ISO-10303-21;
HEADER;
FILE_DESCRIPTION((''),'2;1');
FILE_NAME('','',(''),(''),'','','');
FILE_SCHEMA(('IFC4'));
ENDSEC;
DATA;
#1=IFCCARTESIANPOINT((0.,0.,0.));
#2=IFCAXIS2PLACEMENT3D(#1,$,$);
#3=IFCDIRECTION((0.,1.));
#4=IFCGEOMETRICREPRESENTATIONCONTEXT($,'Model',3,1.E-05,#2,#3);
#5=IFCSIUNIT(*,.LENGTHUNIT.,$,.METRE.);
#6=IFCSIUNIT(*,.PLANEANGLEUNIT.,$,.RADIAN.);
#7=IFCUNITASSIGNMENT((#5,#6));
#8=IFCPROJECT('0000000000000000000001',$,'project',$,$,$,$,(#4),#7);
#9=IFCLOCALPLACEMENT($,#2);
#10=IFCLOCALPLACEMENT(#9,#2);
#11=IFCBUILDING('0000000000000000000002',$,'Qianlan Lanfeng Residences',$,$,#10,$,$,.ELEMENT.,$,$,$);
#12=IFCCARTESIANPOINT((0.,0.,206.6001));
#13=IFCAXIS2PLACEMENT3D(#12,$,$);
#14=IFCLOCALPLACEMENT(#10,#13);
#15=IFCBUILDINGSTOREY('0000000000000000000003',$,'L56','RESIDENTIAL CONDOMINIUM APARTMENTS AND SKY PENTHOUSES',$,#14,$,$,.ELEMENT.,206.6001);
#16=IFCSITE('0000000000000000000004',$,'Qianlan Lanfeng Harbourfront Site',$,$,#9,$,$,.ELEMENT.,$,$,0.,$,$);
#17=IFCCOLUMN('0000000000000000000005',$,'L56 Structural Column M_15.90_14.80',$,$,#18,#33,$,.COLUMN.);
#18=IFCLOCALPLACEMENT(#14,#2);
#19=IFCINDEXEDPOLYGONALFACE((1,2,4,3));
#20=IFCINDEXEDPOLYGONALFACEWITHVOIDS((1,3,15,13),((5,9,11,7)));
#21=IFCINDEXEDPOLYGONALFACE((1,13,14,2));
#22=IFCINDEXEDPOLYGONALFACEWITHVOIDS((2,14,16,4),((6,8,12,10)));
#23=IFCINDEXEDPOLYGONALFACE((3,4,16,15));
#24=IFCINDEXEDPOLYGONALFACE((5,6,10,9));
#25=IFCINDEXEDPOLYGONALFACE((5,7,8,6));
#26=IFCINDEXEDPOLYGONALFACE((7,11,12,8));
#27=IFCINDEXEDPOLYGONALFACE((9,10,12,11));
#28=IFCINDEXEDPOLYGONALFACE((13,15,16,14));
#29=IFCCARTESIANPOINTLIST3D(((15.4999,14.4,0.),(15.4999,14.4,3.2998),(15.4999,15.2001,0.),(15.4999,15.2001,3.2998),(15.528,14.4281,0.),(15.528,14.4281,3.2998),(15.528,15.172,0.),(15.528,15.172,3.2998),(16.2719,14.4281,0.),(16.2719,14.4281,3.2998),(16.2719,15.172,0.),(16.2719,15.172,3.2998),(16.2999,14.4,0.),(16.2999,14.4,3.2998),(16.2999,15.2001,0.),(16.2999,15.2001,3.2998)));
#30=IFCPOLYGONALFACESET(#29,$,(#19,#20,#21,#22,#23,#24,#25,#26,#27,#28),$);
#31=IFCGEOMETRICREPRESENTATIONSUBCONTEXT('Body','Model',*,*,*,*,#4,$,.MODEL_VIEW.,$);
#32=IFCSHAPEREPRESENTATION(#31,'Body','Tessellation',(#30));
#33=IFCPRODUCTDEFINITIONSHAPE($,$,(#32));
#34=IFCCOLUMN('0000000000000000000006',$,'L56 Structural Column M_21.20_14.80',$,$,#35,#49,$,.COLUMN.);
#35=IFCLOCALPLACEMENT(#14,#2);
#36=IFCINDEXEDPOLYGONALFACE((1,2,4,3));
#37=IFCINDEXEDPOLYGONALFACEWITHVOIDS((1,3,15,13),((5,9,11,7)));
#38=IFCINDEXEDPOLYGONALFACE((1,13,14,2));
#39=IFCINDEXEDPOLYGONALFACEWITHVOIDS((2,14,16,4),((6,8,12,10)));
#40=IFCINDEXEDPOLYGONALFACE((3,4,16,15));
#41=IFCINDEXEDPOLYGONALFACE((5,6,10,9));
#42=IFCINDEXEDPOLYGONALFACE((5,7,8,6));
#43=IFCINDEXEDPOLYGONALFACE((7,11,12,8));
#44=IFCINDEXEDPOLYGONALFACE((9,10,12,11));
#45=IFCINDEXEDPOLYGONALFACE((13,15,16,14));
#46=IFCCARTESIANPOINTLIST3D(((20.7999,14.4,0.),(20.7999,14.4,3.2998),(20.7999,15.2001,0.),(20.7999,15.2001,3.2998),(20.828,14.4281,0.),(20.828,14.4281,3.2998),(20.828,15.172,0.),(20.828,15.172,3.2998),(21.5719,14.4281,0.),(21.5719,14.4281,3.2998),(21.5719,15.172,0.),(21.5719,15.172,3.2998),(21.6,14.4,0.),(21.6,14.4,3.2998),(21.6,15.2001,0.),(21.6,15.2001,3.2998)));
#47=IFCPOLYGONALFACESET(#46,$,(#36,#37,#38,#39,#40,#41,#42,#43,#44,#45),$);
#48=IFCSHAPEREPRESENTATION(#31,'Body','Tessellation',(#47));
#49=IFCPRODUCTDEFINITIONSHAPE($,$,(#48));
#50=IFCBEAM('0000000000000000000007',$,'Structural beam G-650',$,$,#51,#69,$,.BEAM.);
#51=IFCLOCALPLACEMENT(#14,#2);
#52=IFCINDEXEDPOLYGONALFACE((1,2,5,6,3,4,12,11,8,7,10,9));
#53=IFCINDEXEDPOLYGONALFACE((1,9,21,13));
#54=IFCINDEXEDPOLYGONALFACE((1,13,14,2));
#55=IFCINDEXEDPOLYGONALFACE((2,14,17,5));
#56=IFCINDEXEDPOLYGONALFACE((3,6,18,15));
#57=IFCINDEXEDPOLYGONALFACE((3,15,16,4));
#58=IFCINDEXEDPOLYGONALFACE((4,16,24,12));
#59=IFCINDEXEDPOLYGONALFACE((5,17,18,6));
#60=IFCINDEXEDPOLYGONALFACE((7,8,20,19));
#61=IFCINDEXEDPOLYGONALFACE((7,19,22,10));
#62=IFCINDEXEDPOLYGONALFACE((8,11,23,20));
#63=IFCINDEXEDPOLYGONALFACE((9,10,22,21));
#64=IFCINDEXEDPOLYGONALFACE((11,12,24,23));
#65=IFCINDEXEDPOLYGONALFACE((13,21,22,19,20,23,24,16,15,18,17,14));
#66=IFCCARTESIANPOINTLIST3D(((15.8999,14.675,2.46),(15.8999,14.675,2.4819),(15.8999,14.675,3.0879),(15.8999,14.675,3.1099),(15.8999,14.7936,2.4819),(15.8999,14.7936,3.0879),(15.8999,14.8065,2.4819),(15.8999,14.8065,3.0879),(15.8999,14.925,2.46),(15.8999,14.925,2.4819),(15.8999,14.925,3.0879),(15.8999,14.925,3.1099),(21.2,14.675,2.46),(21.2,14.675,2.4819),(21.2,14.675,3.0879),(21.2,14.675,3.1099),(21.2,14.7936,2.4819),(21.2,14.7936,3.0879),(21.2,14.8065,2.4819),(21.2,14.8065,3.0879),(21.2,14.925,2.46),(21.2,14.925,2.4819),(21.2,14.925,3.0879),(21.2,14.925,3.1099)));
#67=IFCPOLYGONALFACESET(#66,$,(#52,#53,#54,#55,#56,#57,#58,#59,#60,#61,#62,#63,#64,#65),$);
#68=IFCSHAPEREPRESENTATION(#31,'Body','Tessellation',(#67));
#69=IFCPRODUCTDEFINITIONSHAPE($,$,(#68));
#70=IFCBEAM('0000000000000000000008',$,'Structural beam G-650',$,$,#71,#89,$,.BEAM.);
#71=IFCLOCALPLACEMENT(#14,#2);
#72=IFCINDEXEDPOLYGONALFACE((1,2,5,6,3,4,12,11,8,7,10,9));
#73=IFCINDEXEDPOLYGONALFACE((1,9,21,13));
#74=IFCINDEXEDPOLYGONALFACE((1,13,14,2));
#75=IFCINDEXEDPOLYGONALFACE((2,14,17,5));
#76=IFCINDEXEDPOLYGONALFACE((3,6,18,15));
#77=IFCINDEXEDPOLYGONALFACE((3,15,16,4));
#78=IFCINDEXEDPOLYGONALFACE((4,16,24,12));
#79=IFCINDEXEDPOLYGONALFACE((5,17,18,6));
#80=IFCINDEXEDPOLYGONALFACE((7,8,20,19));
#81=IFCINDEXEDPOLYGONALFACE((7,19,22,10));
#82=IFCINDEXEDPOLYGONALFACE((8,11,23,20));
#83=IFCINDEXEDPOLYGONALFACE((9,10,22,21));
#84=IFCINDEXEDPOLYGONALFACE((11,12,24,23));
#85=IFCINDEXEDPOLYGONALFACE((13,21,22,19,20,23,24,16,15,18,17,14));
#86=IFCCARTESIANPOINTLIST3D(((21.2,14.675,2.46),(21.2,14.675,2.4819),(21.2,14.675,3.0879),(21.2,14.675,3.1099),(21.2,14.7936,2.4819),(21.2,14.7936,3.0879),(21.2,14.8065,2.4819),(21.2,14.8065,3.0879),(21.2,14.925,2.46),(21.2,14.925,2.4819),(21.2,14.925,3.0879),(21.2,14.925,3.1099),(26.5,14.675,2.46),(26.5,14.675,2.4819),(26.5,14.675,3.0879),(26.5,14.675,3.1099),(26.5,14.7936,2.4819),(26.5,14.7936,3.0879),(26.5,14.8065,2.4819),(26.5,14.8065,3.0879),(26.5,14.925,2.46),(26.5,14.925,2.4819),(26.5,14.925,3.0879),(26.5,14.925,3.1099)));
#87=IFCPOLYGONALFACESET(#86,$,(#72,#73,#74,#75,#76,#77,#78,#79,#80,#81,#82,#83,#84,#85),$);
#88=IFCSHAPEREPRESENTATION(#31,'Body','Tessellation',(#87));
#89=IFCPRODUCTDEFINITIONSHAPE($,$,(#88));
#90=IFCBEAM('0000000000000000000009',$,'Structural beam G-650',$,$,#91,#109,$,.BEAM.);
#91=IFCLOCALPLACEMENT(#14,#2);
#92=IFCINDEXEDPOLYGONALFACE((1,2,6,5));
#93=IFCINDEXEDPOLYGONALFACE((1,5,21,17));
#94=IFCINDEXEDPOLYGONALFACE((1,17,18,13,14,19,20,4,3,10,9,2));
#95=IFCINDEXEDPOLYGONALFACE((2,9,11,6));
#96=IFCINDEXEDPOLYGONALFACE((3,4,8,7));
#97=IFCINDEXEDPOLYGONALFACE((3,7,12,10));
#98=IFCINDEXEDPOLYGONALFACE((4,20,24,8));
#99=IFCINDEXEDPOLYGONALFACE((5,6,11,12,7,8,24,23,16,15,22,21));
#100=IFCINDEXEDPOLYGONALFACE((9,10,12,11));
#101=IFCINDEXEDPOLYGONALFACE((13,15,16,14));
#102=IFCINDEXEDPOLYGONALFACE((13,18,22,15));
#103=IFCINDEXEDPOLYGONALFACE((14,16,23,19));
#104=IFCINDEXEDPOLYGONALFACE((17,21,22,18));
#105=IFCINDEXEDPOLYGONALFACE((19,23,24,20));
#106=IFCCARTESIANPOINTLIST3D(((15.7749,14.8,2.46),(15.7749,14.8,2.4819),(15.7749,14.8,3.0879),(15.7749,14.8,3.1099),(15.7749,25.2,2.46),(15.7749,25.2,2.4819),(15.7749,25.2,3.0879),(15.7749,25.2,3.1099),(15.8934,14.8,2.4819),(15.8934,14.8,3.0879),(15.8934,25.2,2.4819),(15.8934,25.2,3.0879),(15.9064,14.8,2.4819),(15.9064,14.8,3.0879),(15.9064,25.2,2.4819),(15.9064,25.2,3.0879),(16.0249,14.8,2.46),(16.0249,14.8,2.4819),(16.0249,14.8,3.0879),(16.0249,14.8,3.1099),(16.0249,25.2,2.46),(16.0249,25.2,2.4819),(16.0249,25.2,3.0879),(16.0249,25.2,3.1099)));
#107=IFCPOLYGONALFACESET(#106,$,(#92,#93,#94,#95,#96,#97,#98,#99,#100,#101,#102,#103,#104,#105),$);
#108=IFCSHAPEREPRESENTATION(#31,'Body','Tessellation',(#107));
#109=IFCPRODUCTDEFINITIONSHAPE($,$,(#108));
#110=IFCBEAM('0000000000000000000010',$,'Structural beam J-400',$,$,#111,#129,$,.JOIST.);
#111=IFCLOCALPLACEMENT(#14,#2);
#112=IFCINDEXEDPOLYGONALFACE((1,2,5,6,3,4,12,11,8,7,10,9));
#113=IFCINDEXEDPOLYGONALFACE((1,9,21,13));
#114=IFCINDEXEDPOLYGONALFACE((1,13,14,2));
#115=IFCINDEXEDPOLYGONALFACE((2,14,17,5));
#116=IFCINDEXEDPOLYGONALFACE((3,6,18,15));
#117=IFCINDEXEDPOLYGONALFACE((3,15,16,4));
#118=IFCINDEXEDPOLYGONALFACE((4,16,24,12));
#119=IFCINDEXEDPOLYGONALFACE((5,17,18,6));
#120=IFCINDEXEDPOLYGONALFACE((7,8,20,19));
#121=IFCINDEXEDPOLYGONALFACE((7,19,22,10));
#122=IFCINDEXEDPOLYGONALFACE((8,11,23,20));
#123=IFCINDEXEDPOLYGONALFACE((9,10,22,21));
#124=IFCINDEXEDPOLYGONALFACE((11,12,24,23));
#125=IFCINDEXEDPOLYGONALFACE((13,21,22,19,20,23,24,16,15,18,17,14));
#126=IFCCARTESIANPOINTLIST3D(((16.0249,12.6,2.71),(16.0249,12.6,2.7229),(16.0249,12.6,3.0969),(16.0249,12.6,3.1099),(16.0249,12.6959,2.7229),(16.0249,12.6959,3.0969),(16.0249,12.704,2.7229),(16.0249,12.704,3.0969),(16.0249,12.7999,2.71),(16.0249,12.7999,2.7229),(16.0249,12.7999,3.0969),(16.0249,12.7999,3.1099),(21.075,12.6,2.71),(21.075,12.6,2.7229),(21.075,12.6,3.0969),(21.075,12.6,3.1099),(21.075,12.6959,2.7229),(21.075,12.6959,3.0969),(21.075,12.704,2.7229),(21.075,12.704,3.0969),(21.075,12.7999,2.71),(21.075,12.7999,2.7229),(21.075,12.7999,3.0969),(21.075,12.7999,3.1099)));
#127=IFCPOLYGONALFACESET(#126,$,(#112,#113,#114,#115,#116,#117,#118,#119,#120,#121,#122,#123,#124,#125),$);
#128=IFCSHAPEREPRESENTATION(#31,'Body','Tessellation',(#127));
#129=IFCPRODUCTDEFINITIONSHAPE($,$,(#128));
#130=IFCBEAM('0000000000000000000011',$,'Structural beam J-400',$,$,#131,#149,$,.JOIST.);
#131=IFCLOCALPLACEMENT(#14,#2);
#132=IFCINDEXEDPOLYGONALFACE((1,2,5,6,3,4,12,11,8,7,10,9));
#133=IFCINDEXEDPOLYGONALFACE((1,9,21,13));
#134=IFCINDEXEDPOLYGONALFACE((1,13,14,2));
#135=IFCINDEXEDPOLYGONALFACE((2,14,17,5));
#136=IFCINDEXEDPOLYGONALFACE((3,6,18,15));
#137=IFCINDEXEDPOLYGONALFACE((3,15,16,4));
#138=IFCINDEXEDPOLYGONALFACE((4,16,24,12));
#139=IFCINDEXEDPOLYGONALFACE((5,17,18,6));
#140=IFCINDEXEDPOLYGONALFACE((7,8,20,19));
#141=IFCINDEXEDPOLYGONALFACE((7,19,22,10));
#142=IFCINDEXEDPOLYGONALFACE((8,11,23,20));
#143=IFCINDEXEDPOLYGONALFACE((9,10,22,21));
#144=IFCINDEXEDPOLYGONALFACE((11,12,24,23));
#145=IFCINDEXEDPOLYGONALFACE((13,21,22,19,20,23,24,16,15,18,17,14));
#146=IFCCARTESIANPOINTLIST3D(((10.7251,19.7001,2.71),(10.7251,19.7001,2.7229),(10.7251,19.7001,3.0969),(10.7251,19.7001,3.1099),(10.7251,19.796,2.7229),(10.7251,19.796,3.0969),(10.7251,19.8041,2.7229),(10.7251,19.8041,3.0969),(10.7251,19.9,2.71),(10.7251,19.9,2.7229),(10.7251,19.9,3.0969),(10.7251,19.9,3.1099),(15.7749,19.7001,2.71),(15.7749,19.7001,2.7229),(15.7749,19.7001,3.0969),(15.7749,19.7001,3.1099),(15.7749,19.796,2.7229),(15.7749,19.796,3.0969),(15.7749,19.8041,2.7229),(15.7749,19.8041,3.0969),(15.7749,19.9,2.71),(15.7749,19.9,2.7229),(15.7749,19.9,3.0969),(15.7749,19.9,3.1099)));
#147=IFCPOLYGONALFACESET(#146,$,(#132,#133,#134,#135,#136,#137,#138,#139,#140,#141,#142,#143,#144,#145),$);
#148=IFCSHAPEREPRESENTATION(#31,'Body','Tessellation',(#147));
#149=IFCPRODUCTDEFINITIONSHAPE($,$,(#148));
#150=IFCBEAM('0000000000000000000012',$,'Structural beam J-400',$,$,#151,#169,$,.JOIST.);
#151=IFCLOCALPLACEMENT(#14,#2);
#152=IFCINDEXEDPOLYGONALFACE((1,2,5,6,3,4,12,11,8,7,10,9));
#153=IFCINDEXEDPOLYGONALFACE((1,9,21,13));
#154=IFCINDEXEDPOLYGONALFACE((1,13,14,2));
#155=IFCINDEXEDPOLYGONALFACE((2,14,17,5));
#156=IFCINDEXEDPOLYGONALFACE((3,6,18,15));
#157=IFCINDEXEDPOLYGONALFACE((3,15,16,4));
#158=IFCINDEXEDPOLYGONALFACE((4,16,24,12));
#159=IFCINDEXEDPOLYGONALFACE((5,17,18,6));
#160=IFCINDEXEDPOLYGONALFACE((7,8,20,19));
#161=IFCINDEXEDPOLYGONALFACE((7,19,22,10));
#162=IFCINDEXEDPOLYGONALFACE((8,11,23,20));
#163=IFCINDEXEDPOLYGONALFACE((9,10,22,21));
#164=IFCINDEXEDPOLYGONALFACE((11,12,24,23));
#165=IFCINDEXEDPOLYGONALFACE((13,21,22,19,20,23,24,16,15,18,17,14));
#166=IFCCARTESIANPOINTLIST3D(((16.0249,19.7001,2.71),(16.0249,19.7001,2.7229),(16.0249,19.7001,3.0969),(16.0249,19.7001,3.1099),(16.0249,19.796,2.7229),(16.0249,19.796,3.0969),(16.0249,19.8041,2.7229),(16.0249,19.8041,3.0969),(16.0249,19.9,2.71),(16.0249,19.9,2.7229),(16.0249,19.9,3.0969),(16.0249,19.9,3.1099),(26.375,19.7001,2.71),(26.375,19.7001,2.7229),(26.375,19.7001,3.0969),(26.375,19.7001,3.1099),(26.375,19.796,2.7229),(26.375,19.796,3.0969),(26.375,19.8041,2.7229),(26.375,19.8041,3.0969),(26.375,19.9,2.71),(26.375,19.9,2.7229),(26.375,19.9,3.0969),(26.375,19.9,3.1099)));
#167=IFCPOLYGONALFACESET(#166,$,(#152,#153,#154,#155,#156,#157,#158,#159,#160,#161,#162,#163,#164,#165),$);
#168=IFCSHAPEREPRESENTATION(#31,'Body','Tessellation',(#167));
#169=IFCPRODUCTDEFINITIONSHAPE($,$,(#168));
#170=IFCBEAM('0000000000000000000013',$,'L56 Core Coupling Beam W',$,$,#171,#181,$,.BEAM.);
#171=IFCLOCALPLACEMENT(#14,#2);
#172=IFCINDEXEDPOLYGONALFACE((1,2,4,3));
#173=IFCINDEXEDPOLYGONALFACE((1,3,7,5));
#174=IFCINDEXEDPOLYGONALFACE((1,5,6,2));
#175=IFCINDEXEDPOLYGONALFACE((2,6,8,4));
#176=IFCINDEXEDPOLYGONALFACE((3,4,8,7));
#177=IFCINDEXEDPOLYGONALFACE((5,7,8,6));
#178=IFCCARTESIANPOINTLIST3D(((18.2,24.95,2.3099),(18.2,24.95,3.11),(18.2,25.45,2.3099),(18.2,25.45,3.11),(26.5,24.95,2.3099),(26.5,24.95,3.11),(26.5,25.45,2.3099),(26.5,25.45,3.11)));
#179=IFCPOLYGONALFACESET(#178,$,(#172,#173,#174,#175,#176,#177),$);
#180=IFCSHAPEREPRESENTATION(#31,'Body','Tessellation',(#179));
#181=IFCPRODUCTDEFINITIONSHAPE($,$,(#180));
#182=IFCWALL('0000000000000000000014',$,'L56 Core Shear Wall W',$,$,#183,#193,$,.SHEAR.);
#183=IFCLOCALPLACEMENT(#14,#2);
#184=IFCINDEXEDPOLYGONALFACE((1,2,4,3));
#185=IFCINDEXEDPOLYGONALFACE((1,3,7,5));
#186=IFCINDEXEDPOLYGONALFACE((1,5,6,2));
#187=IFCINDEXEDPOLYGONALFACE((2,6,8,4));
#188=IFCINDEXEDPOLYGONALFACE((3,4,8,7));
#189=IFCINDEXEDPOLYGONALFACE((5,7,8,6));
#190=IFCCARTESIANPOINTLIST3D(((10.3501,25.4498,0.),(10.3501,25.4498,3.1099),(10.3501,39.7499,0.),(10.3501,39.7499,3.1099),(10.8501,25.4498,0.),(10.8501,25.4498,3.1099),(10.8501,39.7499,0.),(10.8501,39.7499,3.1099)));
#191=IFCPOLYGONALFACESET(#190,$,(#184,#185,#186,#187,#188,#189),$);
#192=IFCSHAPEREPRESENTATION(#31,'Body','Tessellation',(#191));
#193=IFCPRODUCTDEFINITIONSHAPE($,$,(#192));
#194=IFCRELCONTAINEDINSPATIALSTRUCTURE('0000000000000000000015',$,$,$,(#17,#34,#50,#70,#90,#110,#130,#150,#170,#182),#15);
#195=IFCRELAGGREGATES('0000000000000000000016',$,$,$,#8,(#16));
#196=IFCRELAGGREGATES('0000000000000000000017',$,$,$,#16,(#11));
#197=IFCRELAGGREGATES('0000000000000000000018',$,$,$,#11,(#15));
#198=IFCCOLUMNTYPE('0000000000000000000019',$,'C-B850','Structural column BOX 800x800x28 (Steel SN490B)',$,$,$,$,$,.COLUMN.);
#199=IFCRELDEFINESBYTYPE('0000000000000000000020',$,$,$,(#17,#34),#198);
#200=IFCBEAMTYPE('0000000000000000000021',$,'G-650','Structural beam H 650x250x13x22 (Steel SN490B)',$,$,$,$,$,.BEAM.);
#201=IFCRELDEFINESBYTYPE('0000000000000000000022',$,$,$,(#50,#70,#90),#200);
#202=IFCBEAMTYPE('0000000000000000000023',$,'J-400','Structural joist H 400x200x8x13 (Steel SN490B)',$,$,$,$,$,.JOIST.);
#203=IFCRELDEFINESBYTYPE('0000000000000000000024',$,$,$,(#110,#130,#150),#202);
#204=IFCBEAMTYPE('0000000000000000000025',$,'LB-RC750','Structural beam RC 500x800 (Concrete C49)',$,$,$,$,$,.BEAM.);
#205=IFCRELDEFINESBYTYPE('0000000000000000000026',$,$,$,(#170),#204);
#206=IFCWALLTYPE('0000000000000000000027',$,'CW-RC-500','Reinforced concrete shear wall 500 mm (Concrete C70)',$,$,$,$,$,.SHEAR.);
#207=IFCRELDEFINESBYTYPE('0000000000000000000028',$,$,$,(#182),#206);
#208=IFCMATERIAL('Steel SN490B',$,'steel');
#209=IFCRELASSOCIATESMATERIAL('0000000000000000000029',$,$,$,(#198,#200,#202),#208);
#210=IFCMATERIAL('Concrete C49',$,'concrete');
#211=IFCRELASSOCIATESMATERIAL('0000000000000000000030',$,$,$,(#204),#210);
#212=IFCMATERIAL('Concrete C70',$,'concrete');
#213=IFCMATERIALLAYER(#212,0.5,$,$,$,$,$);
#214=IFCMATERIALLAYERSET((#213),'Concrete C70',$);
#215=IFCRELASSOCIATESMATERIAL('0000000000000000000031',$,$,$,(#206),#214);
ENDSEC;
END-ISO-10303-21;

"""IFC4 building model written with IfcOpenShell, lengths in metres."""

from ifc_helpers import new_model, si_unit, direction, frame, frame_2d, origin, origin_2d, place, context, subcontext, project, spatial, rectangle, hollow_rectangle, i_section, extrude, material, layer, layer_set, material_profile, profile_set, type_object, element, save


model = new_model("IFC4")

# Units and contexts
model_context = context("Model", 3, precision=1e-05, world=origin(), true_north=direction((0.0, 1.0)))
body_context = subcontext(model_context, "Body", "Model", "MODEL_VIEW")
ifc_project = project(units=[si_unit("LENGTHUNIT", "METRE"), si_unit("PLANEANGLEUNIT", "RADIAN")], contexts=[model_context])

# Site, building, storey
site_placement = place(None, origin())
site = spatial("IfcSite", under=ifc_project, at=site_placement, Name="Qianlan Lanfeng Harbourfront Site", CompositionType="ELEMENT", RefElevation=0.0)
building_placement = place(site_placement, origin())
building = spatial("IfcBuilding", under=site, at=building_placement, Name="Qianlan Lanfeng Residences", CompositionType="ELEMENT")
storey_placement = place(building_placement, frame((0.0, 0.0, 206.6001)))
storey = spatial("IfcBuildingStorey", under=building, at=storey_placement, Name="L56", Description="RESIDENTIAL CONDOMINIUM APARTMENTS AND SKY PENTHOUSES", CompositionType="ELEMENT", Elevation=206.6001)

# Columns
ifc_material_1 = material(Name="Steel SN490B", Category="steel")
ifc_material_profile_1 = material_profile(ifc_material_1, hollow_rectangle(XDim=0.8, YDim=0.8, WallThickness=0.0281, at=origin_2d()), Name="BOX 800x800x28")
ifc_profile_set_1 = profile_set([ifc_material_profile_1], Name="Steel SN490B")
column_type = type_object("IfcColumnType", Name="C-B850", Description="Structural column BOX 800x800x28 (Steel SN490B)", PredefinedType="COLUMN", material=ifc_profile_set_1)
for number, where, z_axis, x_axis, name in (
    (1, (15.8999, 14.8, 0.0), (0.0, 0.0, 1.0), (1.0, 0.0, 0.0), "L56 Structural Column M_15.90_14.80"),
    (2, (21.2, 14.8, 0.0), (0.0, 0.0, 1.0), (1.0, 0.0, 0.0), "L56 Structural Column M_21.20_14.80"),
):
    element("IfcColumn", number, at=place(storey_placement, frame(where, z_axis=z_axis, x_axis=x_axis)), inside=storey, type_object=column_type, Name=name, PredefinedType="COLUMN", context=body_context, shape_type="SweptSolid", body=[
        extrude(hollow_rectangle(XDim=0.8, YDim=0.8, WallThickness=0.0281, at=origin_2d()), origin(), (0.0, 0.0, 1.0), 3.2998),
    ])

# Beams
ifc_material_profile_2 = material_profile(ifc_material_1, i_section(OverallWidth=0.25, OverallDepth=0.6499, WebThickness=0.0129, FlangeThickness=0.022, at=origin_2d()), Name="H 650x250x13x22")
ifc_profile_set_2 = profile_set([ifc_material_profile_2], Name="Steel SN490B")
beam_type_1 = type_object("IfcBeamType", Name="G-650", Description="Structural beam H 650x250x13x22 (Steel SN490B)", PredefinedType="BEAM", material=ifc_profile_set_2)
for number, where, z_axis, x_axis, name in (
    (3, (15.8999, 14.8, 2.7849), (1.0, 0.0, 0.0), (0.0, 1.0, 0.0), "Structural beam G-650"),
    (4, (21.2, 14.8, 2.7849), (1.0, 0.0, 0.0), (0.0, 1.0, 0.0), "Structural beam G-650"),
):
    element("IfcBeam", number, at=place(storey_placement, frame(where, z_axis=z_axis, x_axis=x_axis)), inside=storey, type_object=beam_type_1, Name=name, PredefinedType="BEAM", context=body_context, shape_type="SweptSolid", body=[
        extrude(i_section(OverallWidth=0.25, OverallDepth=0.6499, WebThickness=0.0129, FlangeThickness=0.022, at=origin_2d()), origin(), (0.0, 0.0, 1.0), 5.3),
    ])
beam_1_placement = place(storey_placement, frame((15.8999, 14.8, 2.7849), z_axis=(0.0, 1.0, 0.0), x_axis=(-1.0, 0.0, 0.0)))
element("IfcBeam", 5, at=beam_1_placement, inside=storey, type_object=beam_type_1, Name="Structural beam G-650", PredefinedType="BEAM", context=body_context, shape_type="SweptSolid", body=[
    extrude(i_section(OverallWidth=0.25, OverallDepth=0.6499, WebThickness=0.0129, FlangeThickness=0.022, at=origin_2d()), origin(), (0.0, 0.0, 1.0), 10.3999),
])
ifc_material_profile_3 = material_profile(ifc_material_1, i_section(OverallWidth=0.2, OverallDepth=0.3999, WebThickness=0.0081, FlangeThickness=0.0129, at=origin_2d()), Name="H 400x200x8x13")
ifc_profile_set_3 = profile_set([ifc_material_profile_3], Name="Steel SN490B")
beam_type_2 = type_object("IfcBeamType", Name="J-400", Description="Structural joist H 400x200x8x13 (Steel SN490B)", PredefinedType="JOIST", material=ifc_profile_set_3)
beam_2_placement = place(storey_placement, frame((16.0249, 12.7, 2.9099), z_axis=(1.0, 0.0, 0.0), x_axis=(0.0, 1.0, 0.0)))
element("IfcBeam", 6, at=beam_2_placement, inside=storey, type_object=beam_type_2, Name="Structural beam J-400", PredefinedType="JOIST", context=body_context, shape_type="SweptSolid", body=[
    extrude(i_section(OverallWidth=0.2, OverallDepth=0.3999, WebThickness=0.0081, FlangeThickness=0.0129, at=origin_2d()), origin(), (0.0, 0.0, 1.0), 5.05),
])
beam_3_placement = place(storey_placement, frame((10.7251, 19.8, 2.9099), z_axis=(1.0, 0.0, 0.0), x_axis=(0.0, 1.0, 0.0)))
element("IfcBeam", 7, at=beam_3_placement, inside=storey, type_object=beam_type_2, Name="Structural beam J-400", PredefinedType="JOIST", context=body_context, shape_type="SweptSolid", body=[
    extrude(i_section(OverallWidth=0.2, OverallDepth=0.3999, WebThickness=0.0081, FlangeThickness=0.0129, at=origin_2d()), origin(), (0.0, 0.0, 1.0), 5.0498),
])
beam_4_placement = place(storey_placement, frame((16.0249, 19.8, 2.9099), z_axis=(1.0, 0.0, 0.0), x_axis=(0.0, 1.0, 0.0)))
element("IfcBeam", 8, at=beam_4_placement, inside=storey, type_object=beam_type_2, Name="Structural beam J-400", PredefinedType="JOIST", context=body_context, shape_type="SweptSolid", body=[
    extrude(i_section(OverallWidth=0.2, OverallDepth=0.3999, WebThickness=0.0081, FlangeThickness=0.0129, at=origin_2d()), origin(), (0.0, 0.0, 1.0), 10.3501),
])
ifc_material_2 = material(Name="Concrete C49", Category="concrete")
ifc_material_profile_4 = material_profile(ifc_material_2, rectangle(XDim=0.5, YDim=0.8, at=origin_2d()), Name="RC 500x800")
ifc_profile_set_4 = profile_set([ifc_material_profile_4], Name="Concrete C49")
beam_type_3 = type_object("IfcBeamType", Name="LB-RC750", Description="Structural beam RC 500x800 (Concrete C49)", PredefinedType="BEAM", material=ifc_profile_set_4)
beam_5_placement = place(storey_placement, frame((18.2, 25.2, 2.71), z_axis=(1.0, 0.0, 0.0), x_axis=(0.0, 1.0, 0.0)))
element("IfcBeam", 9, at=beam_5_placement, inside=storey, type_object=beam_type_3, Name="L56 Core Coupling Beam W", PredefinedType="BEAM", context=body_context, shape_type="SweptSolid", body=[
    extrude(rectangle(XDim=0.5, YDim=0.8, at=origin_2d()), origin(), (0.0, 0.0, 1.0), 8.3),
])

# Wall
ifc_material_3 = material(Name="Concrete C70", Category="concrete")
ifc_layer_1 = layer(ifc_material_3, 0.5)
ifc_layer_set_1 = layer_set([ifc_layer_1], Name="Concrete C70")
wall_type_1 = type_object("IfcWallType", Name="CW-RC-500", Description="Reinforced concrete shear wall 500 mm (Concrete C70)", PredefinedType="SHEAR", material=ifc_layer_set_1)
wall_1_placement = place(storey_placement, frame((10.6001, 25.45, 0.0), z_axis=(0.0, 0.0, 1.0), x_axis=(0.0, 1.0, 0.0)))
element("IfcWall", 10, at=wall_1_placement, inside=storey, type_object=wall_type_1, Name="L56 Core Shear Wall W", PredefinedType="SHEAR", context=body_context, shape_type="SweptSolid", body=[
    extrude(rectangle(XDim=14.3, YDim=0.5, at=frame_2d((7.1499, 0.0))), origin(), (0.0, 0.0, 1.0), 3.1099),
])

save(model, "model.ifc")
